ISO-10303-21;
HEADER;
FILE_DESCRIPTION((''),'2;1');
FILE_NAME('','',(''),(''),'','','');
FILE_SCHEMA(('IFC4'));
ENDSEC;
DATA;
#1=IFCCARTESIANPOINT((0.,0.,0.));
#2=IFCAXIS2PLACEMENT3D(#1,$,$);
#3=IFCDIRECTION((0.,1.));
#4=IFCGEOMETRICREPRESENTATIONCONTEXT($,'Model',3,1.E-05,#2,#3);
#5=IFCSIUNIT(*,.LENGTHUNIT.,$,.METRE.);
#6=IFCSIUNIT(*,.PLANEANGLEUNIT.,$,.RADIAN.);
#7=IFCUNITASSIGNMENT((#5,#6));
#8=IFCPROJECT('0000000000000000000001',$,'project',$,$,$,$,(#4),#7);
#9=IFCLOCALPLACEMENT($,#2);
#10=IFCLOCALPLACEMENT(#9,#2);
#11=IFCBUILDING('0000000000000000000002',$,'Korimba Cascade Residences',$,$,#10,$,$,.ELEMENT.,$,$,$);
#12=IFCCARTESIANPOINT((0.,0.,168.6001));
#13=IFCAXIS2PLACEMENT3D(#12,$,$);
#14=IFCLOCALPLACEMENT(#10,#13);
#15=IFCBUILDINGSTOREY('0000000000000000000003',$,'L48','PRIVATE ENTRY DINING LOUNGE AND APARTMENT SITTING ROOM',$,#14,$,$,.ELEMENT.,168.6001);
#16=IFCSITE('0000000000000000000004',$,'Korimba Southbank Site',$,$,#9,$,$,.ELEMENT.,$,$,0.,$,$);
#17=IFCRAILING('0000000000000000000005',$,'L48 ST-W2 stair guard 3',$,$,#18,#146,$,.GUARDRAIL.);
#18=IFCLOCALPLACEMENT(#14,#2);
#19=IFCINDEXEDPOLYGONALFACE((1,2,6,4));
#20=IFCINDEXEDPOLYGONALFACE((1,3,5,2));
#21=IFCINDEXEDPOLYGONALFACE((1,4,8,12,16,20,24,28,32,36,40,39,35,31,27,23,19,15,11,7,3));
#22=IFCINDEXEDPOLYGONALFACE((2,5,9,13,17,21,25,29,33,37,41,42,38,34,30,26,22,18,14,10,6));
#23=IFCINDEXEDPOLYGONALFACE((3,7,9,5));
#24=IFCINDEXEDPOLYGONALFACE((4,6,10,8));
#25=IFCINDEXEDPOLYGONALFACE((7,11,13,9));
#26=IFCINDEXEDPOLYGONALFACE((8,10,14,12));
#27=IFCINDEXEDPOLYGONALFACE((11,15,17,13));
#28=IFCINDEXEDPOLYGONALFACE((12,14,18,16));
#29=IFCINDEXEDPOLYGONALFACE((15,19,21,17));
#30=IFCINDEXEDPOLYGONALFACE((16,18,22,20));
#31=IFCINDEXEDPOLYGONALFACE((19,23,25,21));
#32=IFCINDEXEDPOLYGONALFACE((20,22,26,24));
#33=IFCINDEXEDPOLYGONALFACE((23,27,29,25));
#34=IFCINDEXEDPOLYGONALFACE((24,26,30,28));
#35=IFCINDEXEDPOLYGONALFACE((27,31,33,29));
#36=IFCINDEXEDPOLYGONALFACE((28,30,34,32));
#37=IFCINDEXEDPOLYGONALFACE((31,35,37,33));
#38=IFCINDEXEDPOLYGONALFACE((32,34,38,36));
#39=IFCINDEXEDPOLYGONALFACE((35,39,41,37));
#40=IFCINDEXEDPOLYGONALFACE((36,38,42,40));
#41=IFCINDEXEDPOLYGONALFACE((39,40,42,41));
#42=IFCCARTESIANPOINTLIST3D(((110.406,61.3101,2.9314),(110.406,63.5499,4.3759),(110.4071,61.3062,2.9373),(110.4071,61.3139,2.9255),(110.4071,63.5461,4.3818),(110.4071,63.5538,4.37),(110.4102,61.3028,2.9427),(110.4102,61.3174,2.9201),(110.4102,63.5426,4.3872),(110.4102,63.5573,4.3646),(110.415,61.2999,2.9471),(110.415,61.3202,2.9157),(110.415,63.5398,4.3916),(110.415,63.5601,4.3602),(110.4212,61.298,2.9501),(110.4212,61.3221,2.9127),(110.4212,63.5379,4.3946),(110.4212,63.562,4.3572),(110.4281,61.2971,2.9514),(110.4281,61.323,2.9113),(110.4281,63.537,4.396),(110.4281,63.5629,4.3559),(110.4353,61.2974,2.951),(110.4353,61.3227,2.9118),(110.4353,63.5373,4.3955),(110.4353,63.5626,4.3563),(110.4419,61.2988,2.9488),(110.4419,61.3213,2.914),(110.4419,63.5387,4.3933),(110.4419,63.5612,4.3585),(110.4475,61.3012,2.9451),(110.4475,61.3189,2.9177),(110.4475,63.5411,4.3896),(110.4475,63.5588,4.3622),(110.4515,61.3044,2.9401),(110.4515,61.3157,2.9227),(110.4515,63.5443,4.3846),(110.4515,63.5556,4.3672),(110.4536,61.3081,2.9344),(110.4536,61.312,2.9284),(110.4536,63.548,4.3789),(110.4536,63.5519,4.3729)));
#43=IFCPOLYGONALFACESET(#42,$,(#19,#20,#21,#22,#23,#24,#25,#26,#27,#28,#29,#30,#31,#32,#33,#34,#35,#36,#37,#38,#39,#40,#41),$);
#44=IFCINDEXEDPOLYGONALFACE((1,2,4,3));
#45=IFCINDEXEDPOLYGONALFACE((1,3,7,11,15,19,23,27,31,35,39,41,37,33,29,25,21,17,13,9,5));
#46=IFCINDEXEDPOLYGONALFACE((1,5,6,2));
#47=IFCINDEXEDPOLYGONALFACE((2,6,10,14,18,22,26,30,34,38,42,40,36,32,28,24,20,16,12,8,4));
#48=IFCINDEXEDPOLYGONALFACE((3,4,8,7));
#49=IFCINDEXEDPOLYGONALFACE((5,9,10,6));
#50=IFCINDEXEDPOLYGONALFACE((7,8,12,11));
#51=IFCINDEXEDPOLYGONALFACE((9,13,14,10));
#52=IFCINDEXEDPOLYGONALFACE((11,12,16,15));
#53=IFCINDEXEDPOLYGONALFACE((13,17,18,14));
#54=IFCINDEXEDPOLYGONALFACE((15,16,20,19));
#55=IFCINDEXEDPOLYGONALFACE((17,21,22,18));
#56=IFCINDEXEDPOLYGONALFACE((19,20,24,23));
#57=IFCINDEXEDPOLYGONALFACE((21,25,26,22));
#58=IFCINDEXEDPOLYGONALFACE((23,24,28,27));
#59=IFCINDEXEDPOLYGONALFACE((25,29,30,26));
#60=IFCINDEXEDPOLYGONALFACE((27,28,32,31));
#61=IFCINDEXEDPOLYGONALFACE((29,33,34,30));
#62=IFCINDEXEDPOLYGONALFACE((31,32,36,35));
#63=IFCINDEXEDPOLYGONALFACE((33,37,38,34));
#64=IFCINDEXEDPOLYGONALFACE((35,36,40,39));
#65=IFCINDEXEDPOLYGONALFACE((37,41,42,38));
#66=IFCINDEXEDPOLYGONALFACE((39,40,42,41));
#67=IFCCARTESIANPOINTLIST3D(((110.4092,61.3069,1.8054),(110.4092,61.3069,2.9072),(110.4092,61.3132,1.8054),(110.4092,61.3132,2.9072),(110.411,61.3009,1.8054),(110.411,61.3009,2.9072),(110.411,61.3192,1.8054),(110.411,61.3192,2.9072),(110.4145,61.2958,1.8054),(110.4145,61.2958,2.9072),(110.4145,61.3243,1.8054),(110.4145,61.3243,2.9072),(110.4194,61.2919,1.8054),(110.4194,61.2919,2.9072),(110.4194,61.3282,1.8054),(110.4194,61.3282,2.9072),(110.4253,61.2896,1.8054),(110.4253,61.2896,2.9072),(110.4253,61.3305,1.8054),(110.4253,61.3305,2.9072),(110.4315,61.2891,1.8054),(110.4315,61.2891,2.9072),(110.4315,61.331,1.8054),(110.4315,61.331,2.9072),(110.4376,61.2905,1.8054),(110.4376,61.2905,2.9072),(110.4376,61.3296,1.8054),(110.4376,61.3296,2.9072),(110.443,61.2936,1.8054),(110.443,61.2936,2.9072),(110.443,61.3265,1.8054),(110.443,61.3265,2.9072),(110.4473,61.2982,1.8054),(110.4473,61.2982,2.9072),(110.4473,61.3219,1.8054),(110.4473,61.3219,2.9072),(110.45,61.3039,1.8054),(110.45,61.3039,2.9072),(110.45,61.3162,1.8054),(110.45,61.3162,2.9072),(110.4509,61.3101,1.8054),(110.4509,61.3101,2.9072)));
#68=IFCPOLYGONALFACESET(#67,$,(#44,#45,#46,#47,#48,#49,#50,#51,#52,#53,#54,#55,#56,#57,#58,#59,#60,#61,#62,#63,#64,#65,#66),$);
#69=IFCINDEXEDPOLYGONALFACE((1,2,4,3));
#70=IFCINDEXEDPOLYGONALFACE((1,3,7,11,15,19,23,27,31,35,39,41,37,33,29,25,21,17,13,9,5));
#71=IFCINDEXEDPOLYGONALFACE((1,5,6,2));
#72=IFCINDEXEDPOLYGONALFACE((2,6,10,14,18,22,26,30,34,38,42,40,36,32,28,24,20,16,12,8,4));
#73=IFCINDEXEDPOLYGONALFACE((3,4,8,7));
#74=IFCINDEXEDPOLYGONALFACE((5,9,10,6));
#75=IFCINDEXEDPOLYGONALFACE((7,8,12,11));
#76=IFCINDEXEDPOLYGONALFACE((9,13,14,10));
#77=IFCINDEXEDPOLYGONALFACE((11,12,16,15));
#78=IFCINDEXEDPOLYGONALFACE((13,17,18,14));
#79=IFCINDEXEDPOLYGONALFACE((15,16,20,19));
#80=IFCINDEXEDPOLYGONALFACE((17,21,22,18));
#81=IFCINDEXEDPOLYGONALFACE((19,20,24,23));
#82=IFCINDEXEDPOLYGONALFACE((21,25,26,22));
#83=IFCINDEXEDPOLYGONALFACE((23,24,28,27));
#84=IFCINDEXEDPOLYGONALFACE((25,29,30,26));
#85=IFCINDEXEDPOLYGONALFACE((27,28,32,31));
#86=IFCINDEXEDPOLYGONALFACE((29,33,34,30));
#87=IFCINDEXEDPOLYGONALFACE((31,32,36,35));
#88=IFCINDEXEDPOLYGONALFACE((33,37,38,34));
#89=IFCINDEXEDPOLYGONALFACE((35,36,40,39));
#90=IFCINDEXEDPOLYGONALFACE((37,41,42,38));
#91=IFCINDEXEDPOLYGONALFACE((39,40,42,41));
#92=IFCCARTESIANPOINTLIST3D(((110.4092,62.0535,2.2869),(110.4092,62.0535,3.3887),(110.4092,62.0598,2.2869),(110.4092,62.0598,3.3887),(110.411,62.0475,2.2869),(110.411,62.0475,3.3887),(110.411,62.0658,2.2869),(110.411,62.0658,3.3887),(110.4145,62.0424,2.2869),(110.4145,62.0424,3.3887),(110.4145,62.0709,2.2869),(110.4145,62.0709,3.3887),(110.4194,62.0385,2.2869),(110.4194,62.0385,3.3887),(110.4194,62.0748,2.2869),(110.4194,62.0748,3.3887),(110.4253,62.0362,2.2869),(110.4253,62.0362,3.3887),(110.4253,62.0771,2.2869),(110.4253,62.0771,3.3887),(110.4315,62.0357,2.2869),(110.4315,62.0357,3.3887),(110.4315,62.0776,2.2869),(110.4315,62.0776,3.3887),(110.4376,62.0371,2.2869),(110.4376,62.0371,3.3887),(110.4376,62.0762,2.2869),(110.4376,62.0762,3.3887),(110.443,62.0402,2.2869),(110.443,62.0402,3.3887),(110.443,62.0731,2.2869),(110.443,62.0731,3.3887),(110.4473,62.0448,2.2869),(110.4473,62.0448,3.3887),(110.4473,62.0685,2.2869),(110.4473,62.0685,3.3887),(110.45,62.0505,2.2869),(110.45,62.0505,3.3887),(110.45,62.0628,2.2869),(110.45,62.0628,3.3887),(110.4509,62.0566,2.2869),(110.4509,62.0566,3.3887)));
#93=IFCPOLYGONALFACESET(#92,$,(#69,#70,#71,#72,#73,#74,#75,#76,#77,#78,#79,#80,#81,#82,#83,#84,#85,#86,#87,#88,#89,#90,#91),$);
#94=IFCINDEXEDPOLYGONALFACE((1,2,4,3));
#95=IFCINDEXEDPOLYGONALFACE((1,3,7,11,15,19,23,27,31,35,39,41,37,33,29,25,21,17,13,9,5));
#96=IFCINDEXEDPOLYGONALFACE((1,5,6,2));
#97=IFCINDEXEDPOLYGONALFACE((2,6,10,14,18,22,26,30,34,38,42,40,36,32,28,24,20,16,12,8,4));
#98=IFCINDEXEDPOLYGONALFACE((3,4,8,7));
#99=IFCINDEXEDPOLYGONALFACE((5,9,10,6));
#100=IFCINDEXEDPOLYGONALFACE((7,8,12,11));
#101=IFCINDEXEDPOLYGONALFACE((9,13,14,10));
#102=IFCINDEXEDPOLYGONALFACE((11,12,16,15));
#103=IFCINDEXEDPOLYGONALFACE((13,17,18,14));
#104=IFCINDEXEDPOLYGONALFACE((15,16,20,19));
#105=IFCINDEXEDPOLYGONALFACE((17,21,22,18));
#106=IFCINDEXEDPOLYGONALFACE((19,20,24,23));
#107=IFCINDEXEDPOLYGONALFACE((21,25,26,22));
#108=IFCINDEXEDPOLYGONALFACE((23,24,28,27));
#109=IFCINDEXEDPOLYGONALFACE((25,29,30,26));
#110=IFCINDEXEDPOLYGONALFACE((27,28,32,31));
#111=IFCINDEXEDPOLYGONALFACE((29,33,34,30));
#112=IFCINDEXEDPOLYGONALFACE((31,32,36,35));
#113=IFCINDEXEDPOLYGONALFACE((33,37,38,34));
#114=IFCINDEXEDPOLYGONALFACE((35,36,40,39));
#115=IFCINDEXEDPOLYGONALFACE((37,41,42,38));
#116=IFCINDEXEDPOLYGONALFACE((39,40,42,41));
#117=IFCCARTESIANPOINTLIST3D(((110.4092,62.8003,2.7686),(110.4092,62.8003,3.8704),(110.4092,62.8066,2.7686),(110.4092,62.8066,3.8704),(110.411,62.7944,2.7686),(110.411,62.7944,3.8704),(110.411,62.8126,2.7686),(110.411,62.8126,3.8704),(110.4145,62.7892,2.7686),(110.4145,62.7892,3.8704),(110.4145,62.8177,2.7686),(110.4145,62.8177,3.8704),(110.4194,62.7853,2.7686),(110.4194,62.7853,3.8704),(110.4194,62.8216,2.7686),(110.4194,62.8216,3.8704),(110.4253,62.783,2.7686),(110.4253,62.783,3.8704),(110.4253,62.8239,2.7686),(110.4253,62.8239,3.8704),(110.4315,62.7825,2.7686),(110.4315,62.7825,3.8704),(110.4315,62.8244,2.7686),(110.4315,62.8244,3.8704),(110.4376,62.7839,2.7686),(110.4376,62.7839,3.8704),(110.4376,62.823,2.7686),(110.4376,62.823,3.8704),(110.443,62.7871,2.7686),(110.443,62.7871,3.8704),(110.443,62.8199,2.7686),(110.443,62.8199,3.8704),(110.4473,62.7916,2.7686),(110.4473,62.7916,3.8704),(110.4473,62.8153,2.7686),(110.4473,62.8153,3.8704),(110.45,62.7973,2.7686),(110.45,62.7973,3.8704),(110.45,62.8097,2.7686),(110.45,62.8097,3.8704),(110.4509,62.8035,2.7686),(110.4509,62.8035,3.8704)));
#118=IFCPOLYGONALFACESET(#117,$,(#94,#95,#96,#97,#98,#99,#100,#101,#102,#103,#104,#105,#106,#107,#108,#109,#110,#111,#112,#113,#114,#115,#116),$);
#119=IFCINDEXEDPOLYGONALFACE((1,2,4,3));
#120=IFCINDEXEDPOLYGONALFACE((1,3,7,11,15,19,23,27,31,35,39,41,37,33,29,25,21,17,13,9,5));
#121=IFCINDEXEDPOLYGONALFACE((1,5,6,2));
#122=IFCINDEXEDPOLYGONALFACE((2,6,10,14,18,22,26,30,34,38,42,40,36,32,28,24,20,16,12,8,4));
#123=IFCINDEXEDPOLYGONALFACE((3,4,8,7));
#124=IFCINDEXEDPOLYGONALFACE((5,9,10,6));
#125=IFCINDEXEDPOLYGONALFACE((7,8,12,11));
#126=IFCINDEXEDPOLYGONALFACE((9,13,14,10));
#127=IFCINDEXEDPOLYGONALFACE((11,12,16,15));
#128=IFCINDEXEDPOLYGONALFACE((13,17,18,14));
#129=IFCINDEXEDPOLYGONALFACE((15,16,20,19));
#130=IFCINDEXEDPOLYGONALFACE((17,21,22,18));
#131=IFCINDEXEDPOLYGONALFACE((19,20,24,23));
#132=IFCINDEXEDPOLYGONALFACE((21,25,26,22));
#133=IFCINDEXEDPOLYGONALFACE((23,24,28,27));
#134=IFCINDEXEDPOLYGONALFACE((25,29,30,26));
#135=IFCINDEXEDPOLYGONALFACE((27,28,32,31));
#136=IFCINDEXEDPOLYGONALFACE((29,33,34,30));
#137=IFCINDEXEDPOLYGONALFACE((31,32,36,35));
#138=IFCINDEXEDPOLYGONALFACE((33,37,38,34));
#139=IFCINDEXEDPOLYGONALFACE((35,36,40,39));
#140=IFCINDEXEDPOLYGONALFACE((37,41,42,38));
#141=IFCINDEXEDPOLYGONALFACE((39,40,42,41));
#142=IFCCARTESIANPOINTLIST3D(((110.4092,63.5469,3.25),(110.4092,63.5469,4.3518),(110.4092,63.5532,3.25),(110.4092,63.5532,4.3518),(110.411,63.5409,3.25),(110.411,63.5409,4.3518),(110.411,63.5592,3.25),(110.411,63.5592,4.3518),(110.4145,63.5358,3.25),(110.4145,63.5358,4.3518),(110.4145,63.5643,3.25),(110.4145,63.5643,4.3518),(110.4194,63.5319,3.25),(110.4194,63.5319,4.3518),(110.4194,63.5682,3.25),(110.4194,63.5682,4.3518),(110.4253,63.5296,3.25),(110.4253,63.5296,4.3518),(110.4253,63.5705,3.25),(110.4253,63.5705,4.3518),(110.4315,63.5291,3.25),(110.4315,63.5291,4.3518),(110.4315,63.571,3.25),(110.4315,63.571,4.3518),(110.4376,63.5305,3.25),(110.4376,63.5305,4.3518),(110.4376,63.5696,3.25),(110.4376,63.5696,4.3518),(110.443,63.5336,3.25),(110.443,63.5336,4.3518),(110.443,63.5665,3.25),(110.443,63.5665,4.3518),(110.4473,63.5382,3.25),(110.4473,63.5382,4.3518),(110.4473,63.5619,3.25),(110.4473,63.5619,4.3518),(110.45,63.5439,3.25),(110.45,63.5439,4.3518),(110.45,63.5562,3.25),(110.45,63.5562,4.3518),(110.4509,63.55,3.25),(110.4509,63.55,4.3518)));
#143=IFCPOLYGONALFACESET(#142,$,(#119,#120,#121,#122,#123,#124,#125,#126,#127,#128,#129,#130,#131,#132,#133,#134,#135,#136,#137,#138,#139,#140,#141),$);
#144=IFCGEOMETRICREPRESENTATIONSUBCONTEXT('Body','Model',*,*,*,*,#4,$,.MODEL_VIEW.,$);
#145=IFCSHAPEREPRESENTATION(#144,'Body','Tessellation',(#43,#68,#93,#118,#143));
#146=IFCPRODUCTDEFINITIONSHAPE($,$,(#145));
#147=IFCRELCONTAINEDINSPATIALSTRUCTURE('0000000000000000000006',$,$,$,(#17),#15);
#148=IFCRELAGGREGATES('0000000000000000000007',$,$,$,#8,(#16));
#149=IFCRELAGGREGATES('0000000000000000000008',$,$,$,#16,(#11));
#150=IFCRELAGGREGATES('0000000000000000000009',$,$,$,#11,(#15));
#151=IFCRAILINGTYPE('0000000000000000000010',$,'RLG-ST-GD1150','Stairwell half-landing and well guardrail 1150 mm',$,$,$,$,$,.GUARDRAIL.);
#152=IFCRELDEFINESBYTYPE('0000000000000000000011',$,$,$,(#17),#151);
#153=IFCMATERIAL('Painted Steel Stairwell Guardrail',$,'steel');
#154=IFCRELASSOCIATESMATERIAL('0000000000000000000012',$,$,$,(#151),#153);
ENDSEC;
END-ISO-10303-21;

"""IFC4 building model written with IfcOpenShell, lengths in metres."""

from ifc_helpers import new_model, si_unit, direction, frame, origin, origin_2d, place, context, subcontext, project, spatial, circle, extrude, material, type_object, element, save


model = new_model("IFC4")

# Units and contexts
model_context = context("Model", 3, precision=1e-05, world=origin(), true_north=direction((0.0, 1.0)))
body_context = subcontext(model_context, "Body", "Model", "MODEL_VIEW")
ifc_project = project(units=[si_unit("LENGTHUNIT", "METRE"), si_unit("PLANEANGLEUNIT", "RADIAN")], contexts=[model_context])

# Site, building, storey
site_placement = place(None, origin())
site = spatial("IfcSite", under=ifc_project, at=site_placement, Name="Korimba Southbank Site", CompositionType="ELEMENT", RefElevation=0.0)
building_placement = place(site_placement, origin())
building = spatial("IfcBuilding", under=site, at=building_placement, Name="Korimba Cascade Residences", CompositionType="ELEMENT")
storey_placement = place(building_placement, frame((0.0, 0.0, 168.6001)))
storey = spatial("IfcBuildingStorey", under=building, at=storey_placement, Name="L48", Description="PRIVATE ENTRY DINING LOUNGE AND APARTMENT SITTING ROOM", CompositionType="ELEMENT", Elevation=168.6001)

# Railing
ifc_material_1 = material(Name="Painted Steel Stairwell Guardrail", Category="steel")
railing_type_1 = type_object("IfcRailingType", Name="RLG-ST-GD1150", Description="Stairwell half-landing and well guardrail 1150 mm", PredefinedType="GUARDRAIL", material=ifc_material_1)
railing_1_placement = place(storey_placement, frame((110.4299, 61.3101, 1.8054)))
element("IfcRailing", 1, at=railing_1_placement, inside=storey, type_object=railing_type_1, Name="L48 ST-W2 stair guard 3", PredefinedType="GUARDRAIL", context=body_context, shape_type="SweptSolid", body=[
    extrude(circle(Radius=0.0239, at=origin_2d()), frame((0.0, 0.0, 1.126), z_axis=(0.0, 0.840395, 0.541975), x_axis=(-1.0, 0.0, 0.0)), (0.0, 0.0, 1.0), 2.6653),
    extrude(circle(Radius=0.021, at=origin_2d()), origin(), (0.0, 0.0, 1.0), 1.1018),
    extrude(circle(Radius=0.021, at=origin_2d()), frame((0.0, 0.7466, 0.4814)), (0.0, 0.0, 1.0), 1.1018),
    extrude(circle(Radius=0.021, at=origin_2d()), frame((0.0, 1.4934, 0.9631)), (0.0, 0.0, 1.0), 1.1018),
    extrude(circle(Radius=0.021, at=origin_2d()), frame((0.0, 2.24, 1.4446)), (0.0, 0.0, 1.0), 1.1018),
])

save(model, "model.ifc")
